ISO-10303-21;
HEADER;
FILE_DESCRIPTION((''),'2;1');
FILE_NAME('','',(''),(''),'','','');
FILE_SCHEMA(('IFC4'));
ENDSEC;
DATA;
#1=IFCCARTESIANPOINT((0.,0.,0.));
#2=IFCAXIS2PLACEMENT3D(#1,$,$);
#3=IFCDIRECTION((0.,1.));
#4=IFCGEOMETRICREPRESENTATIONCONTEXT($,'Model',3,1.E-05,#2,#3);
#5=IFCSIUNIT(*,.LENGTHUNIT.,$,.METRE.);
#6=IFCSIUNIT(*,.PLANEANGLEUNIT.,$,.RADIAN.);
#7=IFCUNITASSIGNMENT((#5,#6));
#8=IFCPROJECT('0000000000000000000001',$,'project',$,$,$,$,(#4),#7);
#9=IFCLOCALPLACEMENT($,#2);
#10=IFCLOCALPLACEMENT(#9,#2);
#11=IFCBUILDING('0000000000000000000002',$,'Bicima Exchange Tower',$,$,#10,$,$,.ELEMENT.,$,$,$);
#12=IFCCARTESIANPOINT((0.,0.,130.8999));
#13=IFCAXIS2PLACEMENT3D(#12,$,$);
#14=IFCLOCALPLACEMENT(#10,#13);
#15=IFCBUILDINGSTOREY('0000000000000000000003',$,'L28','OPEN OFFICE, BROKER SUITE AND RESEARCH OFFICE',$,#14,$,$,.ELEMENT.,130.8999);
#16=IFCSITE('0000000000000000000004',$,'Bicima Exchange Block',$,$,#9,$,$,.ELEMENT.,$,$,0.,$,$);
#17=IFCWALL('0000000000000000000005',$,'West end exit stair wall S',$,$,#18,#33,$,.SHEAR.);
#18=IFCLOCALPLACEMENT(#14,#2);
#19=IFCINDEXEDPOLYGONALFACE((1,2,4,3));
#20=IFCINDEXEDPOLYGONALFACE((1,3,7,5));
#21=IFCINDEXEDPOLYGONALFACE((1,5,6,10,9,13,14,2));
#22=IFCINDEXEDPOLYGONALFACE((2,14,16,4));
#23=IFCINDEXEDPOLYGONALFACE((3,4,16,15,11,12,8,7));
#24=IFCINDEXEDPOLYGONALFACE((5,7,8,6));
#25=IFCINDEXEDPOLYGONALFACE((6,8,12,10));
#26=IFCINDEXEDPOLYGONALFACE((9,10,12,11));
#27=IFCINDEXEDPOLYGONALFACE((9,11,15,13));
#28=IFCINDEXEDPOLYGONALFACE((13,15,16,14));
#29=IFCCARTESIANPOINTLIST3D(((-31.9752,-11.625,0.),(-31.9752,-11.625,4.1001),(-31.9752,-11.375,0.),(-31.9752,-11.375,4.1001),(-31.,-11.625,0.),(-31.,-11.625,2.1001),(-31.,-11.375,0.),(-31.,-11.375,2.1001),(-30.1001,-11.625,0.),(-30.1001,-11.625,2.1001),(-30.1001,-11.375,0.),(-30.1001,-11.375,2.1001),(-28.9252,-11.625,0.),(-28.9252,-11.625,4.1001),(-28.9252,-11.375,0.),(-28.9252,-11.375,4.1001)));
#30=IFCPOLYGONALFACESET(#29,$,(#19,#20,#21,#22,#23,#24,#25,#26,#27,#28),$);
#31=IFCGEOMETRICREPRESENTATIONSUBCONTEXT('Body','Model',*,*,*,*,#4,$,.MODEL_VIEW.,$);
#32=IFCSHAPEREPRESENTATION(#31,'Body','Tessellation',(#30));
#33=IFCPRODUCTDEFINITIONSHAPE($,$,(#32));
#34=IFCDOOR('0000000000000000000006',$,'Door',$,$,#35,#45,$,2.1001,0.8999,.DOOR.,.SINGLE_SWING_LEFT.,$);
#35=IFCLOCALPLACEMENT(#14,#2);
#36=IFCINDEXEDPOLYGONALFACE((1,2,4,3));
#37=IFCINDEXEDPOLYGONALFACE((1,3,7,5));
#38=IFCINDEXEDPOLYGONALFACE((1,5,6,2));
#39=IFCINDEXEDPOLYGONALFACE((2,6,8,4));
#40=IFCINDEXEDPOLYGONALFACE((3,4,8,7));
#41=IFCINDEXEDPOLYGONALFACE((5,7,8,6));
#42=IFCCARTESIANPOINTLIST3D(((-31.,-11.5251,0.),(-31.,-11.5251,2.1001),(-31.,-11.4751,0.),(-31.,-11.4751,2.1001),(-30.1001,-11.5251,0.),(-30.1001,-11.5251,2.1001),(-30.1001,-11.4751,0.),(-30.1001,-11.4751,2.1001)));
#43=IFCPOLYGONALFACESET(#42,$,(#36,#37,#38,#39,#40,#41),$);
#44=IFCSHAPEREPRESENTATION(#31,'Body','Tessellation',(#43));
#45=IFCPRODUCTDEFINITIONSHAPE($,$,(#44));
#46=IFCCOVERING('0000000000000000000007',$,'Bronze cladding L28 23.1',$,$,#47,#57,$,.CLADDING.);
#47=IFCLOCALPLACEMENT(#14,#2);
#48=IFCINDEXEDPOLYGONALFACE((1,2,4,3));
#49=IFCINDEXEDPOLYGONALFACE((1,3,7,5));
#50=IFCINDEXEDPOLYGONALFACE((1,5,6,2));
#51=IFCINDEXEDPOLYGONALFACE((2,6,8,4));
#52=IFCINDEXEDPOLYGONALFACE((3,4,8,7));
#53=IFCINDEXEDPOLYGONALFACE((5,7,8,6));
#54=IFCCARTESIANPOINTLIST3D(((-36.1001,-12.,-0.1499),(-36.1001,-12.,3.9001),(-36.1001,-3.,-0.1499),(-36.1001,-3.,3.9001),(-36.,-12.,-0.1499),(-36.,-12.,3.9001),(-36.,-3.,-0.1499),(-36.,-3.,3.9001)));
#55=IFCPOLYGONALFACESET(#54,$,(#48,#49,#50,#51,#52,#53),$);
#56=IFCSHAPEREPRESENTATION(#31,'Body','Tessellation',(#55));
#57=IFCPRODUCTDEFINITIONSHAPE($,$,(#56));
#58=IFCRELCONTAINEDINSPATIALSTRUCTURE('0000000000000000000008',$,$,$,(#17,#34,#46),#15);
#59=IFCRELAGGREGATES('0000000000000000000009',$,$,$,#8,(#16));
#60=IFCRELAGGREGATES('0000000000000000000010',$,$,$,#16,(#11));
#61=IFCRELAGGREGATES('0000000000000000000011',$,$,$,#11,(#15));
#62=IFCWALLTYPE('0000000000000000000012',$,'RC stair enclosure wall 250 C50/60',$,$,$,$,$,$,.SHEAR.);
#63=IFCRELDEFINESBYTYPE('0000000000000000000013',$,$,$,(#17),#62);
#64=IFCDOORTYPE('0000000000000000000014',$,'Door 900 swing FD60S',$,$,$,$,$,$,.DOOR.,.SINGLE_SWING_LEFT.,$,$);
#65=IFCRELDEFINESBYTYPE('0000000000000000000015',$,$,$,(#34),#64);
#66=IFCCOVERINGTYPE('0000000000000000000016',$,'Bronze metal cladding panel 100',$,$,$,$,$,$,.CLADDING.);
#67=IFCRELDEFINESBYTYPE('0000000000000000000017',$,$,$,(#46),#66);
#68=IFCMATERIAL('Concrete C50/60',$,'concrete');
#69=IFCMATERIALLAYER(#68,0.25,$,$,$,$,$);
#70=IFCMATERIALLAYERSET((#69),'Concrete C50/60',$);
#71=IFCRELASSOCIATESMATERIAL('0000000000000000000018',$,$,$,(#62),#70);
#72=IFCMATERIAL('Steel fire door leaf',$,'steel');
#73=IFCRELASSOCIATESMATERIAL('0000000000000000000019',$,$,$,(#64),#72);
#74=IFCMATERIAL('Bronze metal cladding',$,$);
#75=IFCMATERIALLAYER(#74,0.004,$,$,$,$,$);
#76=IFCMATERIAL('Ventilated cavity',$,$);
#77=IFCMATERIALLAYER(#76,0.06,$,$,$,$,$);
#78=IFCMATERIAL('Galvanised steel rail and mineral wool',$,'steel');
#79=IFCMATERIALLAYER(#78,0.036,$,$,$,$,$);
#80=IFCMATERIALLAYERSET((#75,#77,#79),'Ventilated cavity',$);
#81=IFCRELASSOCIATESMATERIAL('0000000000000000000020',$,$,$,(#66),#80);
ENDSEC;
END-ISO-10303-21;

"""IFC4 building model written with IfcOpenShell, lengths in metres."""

from ifc_helpers import new_model, si_unit, direction, frame, frame_2d, origin, origin_2d, place, context, subcontext, project, spatial, rectangle, extrude, material, layer, layer_set, type_object, element, fill, save


model = new_model("IFC4")

# Units and contexts
model_context = context("Model", 3, precision=1e-05, world=origin(), true_north=direction((0.0, 1.0)))
body_context = subcontext(model_context, "Body", "Model", "MODEL_VIEW")
ifc_project = project(units=[si_unit("LENGTHUNIT", "METRE"), si_unit("PLANEANGLEUNIT", "RADIAN")], contexts=[model_context])

# Site, building, storey
site_placement = place(None, origin())
site = spatial("IfcSite", under=ifc_project, at=site_placement, Name="Bicima Exchange Block", CompositionType="ELEMENT", RefElevation=0.0)
building_placement = place(site_placement, origin())
building = spatial("IfcBuilding", under=site, at=building_placement, Name="Bicima Exchange Tower", CompositionType="ELEMENT")
storey_placement = place(building_placement, frame((0.0, 0.0, 130.8999)))
storey = spatial("IfcBuildingStorey", under=building, at=storey_placement, Name="L28", Description="OPEN OFFICE, BROKER SUITE AND RESEARCH OFFICE", CompositionType="ELEMENT", Elevation=130.8999)

# Shared definitions
ifc_material_1 = material(Name="Steel fire door leaf", Category="steel")

# Shared definitions
ifc_material_2 = material(Name="Concrete C50/60", Category="concrete")
ifc_layer_1 = layer(ifc_material_2, 0.25)
ifc_layer_set_1 = layer_set([ifc_layer_1], Name="Concrete C50/60")
wall_type_1 = type_object("IfcWallType", Name="RC stair enclosure wall 250 C50/60", PredefinedType="SHEAR", material=ifc_layer_set_1)

# Wall, opening, door
wall_1_placement = place(storey_placement, frame((-31.9751, -11.5, 0.0), z_axis=(0.0, 0.0, 1.0), x_axis=(1.0, 0.0, 0.0)))
wall_1 = element("IfcWall", 1, at=wall_1_placement, inside=storey, type_object=wall_type_1, Name="West end exit stair wall S", PredefinedType="SHEAR", context=body_context, shape_type="SweptSolid", body=[
    extrude(rectangle(XDim=3.05, YDim=0.25, at=frame_2d((1.5249, 0.0))), origin(), (0.0, 0.0, 1.0), 4.1001),
])
opening_1_placement = place(wall_1_placement, frame((0.9751, 0.0, 0.0)))
opening_1 = element("IfcOpeningElement", 2, at=opening_1_placement, cuts=wall_1, PredefinedType="OPENING", context=body_context, shape_type="SweptSolid", body=[
    extrude(rectangle(XDim=0.8999, YDim=2.1001, at=frame_2d((0.45, 1.05))), frame((0.0, 0.137, 0.0), z_axis=(0.0, -1.0, 0.0), x_axis=(1.0, 0.0, 0.0)), (0.0, 0.0, 1.0), 0.2739),
])
door_type_1 = type_object("IfcDoorType", Name="Door 900 swing FD60S", OperationType="SINGLE_SWING_LEFT", PredefinedType="DOOR", material=ifc_material_1)
door_1_placement = place(opening_1_placement, origin())
door_1 = element("IfcDoor", 3, at=door_1_placement, inside=storey, type_object=door_type_1, Name="Door", OperationType="SINGLE_SWING_LEFT", OverallHeight=2.1001, OverallWidth=0.8999, PredefinedType="DOOR", context=body_context, shape_type="SweptSolid", body=[
    extrude(rectangle(XDim=0.8999, YDim=2.1001, at=frame_2d((0.45, 1.05))), frame((0.0, 0.0249, 0.0), z_axis=(0.0, -1.0, 0.0), x_axis=(1.0, 0.0, 0.0)), (0.0, 0.0, 1.0), 0.05),
])
fill(opening_1, door_1)

# Covering
ifc_material_3 = material(Name="Bronze metal cladding")
ifc_layer_2 = layer(ifc_material_3, 0.004)
ifc_material_4 = material(Name="Ventilated cavity")
ifc_layer_3 = layer(ifc_material_4, 0.06)
ifc_material_5 = material(Name="Galvanised steel rail and mineral wool", Category="steel")
ifc_layer_4 = layer(ifc_material_5, 0.036)
ifc_layer_set_2 = layer_set([ifc_layer_2, ifc_layer_3, ifc_layer_4], Name="Ventilated cavity")
covering_type = type_object("IfcCoveringType", Name="Bronze metal cladding panel 100", PredefinedType="CLADDING", material=ifc_layer_set_2)
covering_placement = place(storey_placement, frame((-36.05, -7.5, -0.1499), z_axis=(0.0, 0.0, 1.0), x_axis=(0.0, -1.0, 0.0)))
element("IfcCovering", 4, at=covering_placement, inside=storey, type_object=covering_type, Name="Bronze cladding L28 23.1", PredefinedType="CLADDING", context=body_context, shape_type="SweptSolid", body=[
    extrude(rectangle(XDim=9.0, YDim=0.1001, at=origin_2d()), origin(), (0.0, 0.0, 1.0), 4.05),
])

save(model, "model.ifc")
